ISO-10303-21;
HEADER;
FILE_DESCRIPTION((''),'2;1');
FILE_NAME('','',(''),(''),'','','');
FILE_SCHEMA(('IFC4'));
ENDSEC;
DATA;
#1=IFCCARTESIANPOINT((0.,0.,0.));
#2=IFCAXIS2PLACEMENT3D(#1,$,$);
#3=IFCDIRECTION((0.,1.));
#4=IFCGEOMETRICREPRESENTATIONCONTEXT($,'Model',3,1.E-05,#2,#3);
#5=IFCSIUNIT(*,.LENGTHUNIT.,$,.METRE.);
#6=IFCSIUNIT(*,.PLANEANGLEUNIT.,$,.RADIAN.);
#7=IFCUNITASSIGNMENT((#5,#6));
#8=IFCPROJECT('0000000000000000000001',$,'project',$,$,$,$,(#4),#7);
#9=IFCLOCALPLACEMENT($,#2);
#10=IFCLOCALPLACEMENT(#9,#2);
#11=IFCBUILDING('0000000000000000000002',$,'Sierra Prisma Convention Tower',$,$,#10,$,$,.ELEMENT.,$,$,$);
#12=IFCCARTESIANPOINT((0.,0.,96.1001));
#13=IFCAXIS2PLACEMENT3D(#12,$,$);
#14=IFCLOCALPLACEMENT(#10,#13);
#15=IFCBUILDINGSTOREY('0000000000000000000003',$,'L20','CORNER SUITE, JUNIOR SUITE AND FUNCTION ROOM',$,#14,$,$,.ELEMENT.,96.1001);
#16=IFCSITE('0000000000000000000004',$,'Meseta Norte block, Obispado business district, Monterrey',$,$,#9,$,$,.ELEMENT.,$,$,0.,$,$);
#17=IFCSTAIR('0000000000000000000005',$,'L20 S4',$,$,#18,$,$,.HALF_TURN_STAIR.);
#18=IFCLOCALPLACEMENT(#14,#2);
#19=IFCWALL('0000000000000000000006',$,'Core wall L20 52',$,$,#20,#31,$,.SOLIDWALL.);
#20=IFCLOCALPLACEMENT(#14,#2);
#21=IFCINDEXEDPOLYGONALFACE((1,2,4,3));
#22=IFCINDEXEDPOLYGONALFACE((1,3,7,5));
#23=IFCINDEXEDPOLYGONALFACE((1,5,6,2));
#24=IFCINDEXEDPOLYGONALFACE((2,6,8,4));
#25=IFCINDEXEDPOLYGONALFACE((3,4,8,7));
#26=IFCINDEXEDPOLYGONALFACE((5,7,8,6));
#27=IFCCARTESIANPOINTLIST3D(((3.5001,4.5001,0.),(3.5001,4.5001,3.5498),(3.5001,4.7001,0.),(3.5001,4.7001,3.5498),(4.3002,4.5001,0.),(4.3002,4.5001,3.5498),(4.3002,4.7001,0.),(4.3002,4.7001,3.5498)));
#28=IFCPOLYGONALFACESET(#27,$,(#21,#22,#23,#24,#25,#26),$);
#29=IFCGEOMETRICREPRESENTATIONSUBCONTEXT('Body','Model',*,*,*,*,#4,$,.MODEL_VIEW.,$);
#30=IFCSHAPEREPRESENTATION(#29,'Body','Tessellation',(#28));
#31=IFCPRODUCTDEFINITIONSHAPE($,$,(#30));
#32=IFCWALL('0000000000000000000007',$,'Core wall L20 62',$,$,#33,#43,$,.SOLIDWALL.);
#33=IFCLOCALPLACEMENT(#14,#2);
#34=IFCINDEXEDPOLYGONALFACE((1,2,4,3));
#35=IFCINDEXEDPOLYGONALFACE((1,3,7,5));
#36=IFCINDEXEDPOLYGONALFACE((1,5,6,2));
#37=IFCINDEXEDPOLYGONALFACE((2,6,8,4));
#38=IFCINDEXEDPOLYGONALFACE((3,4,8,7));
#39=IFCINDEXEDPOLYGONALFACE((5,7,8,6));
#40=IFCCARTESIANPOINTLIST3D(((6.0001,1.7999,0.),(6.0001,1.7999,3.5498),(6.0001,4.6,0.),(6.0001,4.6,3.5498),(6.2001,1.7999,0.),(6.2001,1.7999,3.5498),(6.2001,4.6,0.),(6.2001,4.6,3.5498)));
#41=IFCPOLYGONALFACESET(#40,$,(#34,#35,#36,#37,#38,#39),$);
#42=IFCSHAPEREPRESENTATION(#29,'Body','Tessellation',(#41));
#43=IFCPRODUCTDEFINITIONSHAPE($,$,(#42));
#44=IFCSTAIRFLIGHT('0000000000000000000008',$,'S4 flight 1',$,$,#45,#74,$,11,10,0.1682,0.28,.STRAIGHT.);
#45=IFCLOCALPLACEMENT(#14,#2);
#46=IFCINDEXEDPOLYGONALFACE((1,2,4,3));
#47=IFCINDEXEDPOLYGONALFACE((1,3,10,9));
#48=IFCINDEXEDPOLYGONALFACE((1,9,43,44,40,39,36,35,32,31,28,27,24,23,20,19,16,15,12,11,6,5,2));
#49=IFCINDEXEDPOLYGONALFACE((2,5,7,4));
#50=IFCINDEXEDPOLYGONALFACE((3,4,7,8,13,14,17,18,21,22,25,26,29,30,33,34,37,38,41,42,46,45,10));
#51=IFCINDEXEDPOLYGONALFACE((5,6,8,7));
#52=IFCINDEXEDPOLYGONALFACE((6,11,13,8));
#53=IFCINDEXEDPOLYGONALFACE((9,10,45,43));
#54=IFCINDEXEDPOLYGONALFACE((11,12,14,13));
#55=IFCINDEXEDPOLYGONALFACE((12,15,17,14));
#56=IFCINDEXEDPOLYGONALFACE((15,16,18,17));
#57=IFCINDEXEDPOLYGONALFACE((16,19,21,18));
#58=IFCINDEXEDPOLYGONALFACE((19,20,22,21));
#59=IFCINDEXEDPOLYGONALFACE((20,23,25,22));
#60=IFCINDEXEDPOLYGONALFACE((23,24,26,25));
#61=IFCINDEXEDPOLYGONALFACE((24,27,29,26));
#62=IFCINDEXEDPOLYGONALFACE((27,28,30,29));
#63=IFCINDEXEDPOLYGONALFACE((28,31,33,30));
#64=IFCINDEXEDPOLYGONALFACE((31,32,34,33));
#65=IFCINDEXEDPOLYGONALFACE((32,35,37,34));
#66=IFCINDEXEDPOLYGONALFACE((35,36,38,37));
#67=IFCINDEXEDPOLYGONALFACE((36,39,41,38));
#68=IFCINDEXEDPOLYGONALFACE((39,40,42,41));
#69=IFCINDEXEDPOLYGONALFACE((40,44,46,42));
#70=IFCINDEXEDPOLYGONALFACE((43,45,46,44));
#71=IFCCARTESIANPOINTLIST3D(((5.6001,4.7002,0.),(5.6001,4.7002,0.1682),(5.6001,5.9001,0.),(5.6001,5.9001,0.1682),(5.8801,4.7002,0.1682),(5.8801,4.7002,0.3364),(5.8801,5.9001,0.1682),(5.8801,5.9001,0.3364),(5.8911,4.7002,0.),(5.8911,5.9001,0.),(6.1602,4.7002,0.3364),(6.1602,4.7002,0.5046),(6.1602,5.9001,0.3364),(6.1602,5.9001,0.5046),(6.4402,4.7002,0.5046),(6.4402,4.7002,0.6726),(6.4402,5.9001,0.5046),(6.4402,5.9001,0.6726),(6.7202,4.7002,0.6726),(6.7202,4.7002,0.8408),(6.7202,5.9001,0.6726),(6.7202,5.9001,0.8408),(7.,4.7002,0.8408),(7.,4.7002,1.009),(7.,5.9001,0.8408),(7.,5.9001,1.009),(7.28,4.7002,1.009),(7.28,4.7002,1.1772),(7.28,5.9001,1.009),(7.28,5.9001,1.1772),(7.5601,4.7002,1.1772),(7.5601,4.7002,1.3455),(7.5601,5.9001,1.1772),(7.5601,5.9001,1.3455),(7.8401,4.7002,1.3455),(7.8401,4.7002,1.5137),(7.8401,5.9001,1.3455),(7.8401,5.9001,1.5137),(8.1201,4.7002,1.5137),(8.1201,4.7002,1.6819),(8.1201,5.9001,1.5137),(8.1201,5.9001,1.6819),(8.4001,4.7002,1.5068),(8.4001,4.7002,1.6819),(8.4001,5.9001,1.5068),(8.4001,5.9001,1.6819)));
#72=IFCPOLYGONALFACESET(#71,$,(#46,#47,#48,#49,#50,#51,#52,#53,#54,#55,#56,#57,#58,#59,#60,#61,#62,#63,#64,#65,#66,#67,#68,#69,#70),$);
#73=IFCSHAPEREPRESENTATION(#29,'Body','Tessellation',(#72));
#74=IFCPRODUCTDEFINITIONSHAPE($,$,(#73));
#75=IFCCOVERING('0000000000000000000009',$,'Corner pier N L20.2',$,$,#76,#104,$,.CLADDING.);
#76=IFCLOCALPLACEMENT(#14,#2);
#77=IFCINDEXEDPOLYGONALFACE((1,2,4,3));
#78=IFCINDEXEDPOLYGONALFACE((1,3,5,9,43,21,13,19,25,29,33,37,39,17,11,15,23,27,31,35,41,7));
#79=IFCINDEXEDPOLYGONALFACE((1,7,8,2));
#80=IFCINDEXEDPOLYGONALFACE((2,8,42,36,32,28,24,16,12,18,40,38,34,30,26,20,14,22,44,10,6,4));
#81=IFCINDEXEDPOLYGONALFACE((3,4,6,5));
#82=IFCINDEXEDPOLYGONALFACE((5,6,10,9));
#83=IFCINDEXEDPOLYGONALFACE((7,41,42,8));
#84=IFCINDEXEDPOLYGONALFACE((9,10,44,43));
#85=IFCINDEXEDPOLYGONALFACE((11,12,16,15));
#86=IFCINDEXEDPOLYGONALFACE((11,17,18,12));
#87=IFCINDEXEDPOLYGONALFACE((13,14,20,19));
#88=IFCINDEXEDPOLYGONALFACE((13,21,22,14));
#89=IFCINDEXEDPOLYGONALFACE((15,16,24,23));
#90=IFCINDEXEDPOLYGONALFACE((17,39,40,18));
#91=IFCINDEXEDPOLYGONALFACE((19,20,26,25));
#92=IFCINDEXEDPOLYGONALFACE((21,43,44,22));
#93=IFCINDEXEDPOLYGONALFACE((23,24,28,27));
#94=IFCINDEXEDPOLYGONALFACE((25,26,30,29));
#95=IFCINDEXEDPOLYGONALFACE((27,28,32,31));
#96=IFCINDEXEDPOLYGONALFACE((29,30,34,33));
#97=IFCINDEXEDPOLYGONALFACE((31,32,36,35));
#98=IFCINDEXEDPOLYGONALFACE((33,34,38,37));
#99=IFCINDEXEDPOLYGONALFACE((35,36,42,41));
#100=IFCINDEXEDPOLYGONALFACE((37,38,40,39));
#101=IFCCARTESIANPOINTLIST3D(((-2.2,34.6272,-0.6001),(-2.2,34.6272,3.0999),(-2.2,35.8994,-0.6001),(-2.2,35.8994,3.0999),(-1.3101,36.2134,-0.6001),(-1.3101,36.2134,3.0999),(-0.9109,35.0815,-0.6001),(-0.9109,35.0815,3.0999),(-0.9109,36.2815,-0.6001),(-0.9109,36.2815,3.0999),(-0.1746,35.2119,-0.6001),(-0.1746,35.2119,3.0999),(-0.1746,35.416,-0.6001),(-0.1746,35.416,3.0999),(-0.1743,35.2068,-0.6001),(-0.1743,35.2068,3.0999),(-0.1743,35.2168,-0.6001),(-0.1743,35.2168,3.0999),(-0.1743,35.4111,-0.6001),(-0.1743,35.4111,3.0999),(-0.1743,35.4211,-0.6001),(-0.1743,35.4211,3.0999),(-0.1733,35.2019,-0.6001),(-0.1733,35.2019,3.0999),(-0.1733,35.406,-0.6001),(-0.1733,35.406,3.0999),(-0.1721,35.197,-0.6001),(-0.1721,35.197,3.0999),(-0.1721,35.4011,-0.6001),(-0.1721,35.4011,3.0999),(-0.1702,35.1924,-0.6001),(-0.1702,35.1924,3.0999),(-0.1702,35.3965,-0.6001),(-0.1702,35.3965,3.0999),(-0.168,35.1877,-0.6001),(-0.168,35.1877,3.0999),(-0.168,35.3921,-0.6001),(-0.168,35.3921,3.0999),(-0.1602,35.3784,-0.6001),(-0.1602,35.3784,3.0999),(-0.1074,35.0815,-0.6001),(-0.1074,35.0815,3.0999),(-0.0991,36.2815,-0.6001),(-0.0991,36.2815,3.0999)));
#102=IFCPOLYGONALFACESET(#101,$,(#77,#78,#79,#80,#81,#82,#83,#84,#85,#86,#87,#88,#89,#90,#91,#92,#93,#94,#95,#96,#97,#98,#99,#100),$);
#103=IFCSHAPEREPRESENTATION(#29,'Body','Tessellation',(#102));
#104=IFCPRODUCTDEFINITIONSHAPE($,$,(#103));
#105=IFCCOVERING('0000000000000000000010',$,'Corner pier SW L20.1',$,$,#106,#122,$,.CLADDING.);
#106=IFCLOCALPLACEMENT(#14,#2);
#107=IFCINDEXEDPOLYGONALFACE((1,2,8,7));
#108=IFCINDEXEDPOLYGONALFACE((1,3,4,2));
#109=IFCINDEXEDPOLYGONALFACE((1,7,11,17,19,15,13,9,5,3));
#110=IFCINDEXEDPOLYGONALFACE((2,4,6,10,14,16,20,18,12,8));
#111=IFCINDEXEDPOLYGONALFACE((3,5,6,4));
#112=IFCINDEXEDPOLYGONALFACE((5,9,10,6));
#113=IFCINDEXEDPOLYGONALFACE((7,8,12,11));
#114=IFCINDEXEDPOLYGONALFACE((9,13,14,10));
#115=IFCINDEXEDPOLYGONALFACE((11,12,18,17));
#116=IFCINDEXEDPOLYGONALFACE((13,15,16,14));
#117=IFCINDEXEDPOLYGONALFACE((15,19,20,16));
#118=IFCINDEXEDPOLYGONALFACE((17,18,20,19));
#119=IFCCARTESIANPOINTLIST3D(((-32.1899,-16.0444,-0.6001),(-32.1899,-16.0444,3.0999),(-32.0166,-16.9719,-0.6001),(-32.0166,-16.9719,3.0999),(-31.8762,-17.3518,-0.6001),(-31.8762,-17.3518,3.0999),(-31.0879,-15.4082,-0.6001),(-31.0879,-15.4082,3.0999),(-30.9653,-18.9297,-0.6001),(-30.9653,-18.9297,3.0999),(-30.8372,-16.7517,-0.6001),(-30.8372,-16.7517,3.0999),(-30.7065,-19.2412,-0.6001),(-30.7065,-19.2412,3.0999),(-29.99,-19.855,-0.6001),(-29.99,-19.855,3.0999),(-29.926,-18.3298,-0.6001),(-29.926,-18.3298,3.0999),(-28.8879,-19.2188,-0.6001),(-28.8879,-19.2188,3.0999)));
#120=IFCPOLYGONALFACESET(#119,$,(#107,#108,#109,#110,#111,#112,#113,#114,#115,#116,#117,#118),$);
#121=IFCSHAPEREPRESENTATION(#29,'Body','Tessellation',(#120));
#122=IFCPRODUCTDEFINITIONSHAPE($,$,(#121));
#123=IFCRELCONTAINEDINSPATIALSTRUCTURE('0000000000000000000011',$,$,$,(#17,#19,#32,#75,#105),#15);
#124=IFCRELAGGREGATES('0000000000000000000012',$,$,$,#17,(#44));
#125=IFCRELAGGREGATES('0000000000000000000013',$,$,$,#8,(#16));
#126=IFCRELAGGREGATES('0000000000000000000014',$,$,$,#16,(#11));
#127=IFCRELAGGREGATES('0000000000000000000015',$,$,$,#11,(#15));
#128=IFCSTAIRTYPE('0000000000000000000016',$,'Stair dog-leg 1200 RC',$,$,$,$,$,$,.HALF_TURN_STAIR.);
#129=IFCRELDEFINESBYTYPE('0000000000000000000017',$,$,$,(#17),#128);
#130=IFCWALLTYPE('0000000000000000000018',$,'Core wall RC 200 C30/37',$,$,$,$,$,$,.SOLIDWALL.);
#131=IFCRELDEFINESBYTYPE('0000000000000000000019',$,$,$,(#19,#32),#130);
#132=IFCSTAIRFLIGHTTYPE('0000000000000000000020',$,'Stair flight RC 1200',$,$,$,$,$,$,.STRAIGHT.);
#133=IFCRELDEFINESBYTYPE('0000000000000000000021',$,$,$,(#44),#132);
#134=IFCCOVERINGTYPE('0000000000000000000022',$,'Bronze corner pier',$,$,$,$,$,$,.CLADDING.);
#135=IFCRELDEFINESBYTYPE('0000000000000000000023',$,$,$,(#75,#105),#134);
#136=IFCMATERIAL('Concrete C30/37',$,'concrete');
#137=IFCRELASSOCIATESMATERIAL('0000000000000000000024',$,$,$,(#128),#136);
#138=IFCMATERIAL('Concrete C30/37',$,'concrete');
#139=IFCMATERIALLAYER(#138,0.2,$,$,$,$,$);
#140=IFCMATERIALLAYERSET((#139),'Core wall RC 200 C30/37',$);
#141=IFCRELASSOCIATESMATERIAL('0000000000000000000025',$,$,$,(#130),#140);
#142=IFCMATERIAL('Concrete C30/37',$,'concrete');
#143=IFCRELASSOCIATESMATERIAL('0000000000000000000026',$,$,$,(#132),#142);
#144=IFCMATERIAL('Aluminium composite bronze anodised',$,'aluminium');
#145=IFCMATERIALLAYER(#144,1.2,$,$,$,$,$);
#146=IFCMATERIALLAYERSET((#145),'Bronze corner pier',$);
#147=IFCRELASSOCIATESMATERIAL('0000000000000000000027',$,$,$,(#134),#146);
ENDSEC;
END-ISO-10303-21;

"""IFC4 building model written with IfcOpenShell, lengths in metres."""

from ifc_helpers import new_model, si_unit, direction, frame, frame_2d, origin, place, context, subcontext, project, spatial, polyline, rectangle, outline, extrude, material, layer, layer_set, type_object, element, aggregate, save


model = new_model("IFC4")

# Units and contexts
model_context = context("Model", 3, precision=1e-05, world=origin(), true_north=direction((0.0, 1.0)))
body_context = subcontext(model_context, "Body", "Model", "MODEL_VIEW")
ifc_project = project(units=[si_unit("LENGTHUNIT", "METRE"), si_unit("PLANEANGLEUNIT", "RADIAN")], contexts=[model_context])

# Site, building, storey
site_placement = place(None, origin())
site = spatial("IfcSite", under=ifc_project, at=site_placement, Name="Meseta Norte block, Obispado business district, Monterrey", CompositionType="ELEMENT", RefElevation=0.0)
building_placement = place(site_placement, origin())
building = spatial("IfcBuilding", under=site, at=building_placement, Name="Sierra Prisma Convention Tower", CompositionType="ELEMENT")
storey_placement = place(building_placement, frame((0.0, 0.0, 96.1001)))
storey = spatial("IfcBuildingStorey", under=building, at=storey_placement, Name="L20", Description="CORNER SUITE, JUNIOR SUITE AND FUNCTION ROOM", CompositionType="ELEMENT", Elevation=96.1001)

# Shared definitions
ifc_material_1 = material(Name="Concrete C30/37", Category="concrete")
stair_type = type_object("IfcStairType", Name="Stair dog-leg 1200 RC", PredefinedType="HALF_TURN_STAIR", material=ifc_material_1)

# Stair
stair_1_placement = place(storey_placement, origin())
stair_1 = element("IfcStair", 1, at=stair_1_placement, inside=storey, type_object=stair_type, Name="L20 S4", PredefinedType="HALF_TURN_STAIR")

# Shared definitions
ifc_material_2 = material(Name="Concrete C30/37", Category="concrete")
ifc_layer_1 = layer(ifc_material_2, 0.2)
ifc_layer_set_1 = layer_set([ifc_layer_1], Name="Core wall RC 200 C30/37")
wall_type = type_object("IfcWallType", Name="Core wall RC 200 C30/37", PredefinedType="SOLIDWALL", material=ifc_layer_set_1)

# Wall
wall_1_placement = place(storey_placement, frame((4.3, 4.6001, 0.0), z_axis=(0.0, 0.0, 1.0), x_axis=(-1.0, 0.0, 0.0)))
element("IfcWall", 2, at=wall_1_placement, inside=storey, type_object=wall_type, Name="Core wall L20 52", PredefinedType="SOLIDWALL", context=body_context, shape_type="SweptSolid", body=[
    extrude(rectangle(XDim=0.8, YDim=0.2, at=frame_2d((0.3999, 0.0))), origin(), (0.0, 0.0, 1.0), 3.5498),
])

# Wall
wall_2_placement = place(storey_placement, frame((6.1001, 1.8, 0.0), z_axis=(0.0, 0.0, 1.0), x_axis=(0.0, 1.0, 0.0)))
element("IfcWall", 3, at=wall_2_placement, inside=storey, type_object=wall_type, Name="Core wall L20 62", PredefinedType="SOLIDWALL", context=body_context, shape_type="SweptSolid", body=[
    extrude(rectangle(XDim=2.8, YDim=0.2, at=frame_2d((1.3999, 0.0))), origin(), (0.0, 0.0, 1.0), 3.5498),
])

# Stair flight
ifc_material_3 = material(Name="Concrete C30/37", Category="concrete")
stair_flight_type = type_object("IfcStairFlightType", Name="Stair flight RC 1200", PredefinedType="STRAIGHT", material=ifc_material_3)
stair_flight_placement = place(storey_placement, frame((5.6001, 5.3, 0.0), z_axis=(0.0, 0.0, 1.0), x_axis=(1.0, 0.0, 0.0)))
stair_flight = element("IfcStairFlight", 4, at=stair_flight_placement, type_object=stair_flight_type, Name="S4 flight 1", NumberOfRisers=11, NumberOfTreads=10, PredefinedType="STRAIGHT", RiserHeight=0.1682, TreadLength=0.28, context=body_context, shape_type="SweptSolid", body=[
    extrude(outline(polyline([(0.0, 0.0), (0.0, 0.1682), (0.28, 0.1682), (0.28, 0.3364), (0.5601, 0.3364), (0.5601, 0.5046), (0.8401, 0.5046), (0.8401, 0.6726), (1.1201, 0.6726), (1.1201, 0.8408), (1.3999, 0.8408), (1.3999, 1.009), (1.6799, 1.009), (1.6799, 1.1772), (1.96, 1.1772), (1.96, 1.3455), (2.24, 1.3455), (2.24, 1.5137), (2.52, 1.5137), (2.52, 1.6819), (2.8, 1.6819), (2.8, 1.8501), (2.8, 1.5068), (0.291, 0.0), (0.0, 0.0)])), frame((0.0, 0.6001, 0.0), z_axis=(0.0, -1.0, 0.0), x_axis=(1.0, 0.0, 0.0)), (0.0, 0.0, 1.0), 1.2),
])
aggregate(stair_1, [stair_flight])

# Coverings
ifc_material_4 = material(Name="Aluminium composite bronze anodised", Category="aluminium")
ifc_layer_2 = layer(ifc_material_4, 1.2)
ifc_layer_set_2 = layer_set([ifc_layer_2], Name="Bronze corner pier")
covering_type = type_object("IfcCoveringType", Name="Bronze corner pier", PredefinedType="CLADDING", material=ifc_layer_set_2)
covering_1_placement = place(storey_placement, frame((0.0, 0.0, -0.6001)))
element("IfcCovering", 5, at=covering_1_placement, inside=storey, type_object=covering_type, Name="Corner pier N L20.2", PredefinedType="CLADDING", context=body_context, shape_type="SweptSolid", body=[
    extrude(outline(polyline([(-0.9109, 36.2815), (-0.0991, 36.2815), (-0.1743, 35.4211), (-0.1746, 35.416), (-0.1743, 35.4111), (-0.1733, 35.406), (-0.1721, 35.4011), (-0.1702, 35.3965), (-0.168, 35.3921), (-0.1602, 35.3784), (-0.1743, 35.2168), (-0.1746, 35.2119), (-0.1743, 35.2068), (-0.1733, 35.2019), (-0.1721, 35.197), (-0.1702, 35.1924), (-0.168, 35.1877), (-0.1074, 35.0815), (-0.9109, 35.0815), (-2.2, 34.6272), (-2.2, 35.8994), (-1.3101, 36.2134), (-0.9109, 36.2815)])), origin(), (0.0, 0.0, 1.0), 3.7),
])
covering_2_placement = place(storey_placement, frame((0.0, 0.0, -0.6001)))
element("IfcCovering", 6, at=covering_2_placement, inside=storey, type_object=covering_type, Name="Corner pier SW L20.1", PredefinedType="CLADDING", context=body_context, shape_type="SweptSolid", body=[
    extrude(outline(polyline([(-31.0879, -15.4082), (-30.8372, -16.7517), (-29.926, -18.3298), (-28.8879, -19.2188), (-29.99, -19.855), (-30.7065, -19.2412), (-30.9653, -18.9297), (-31.8762, -17.3518), (-32.0166, -16.9719), (-32.1899, -16.0444), (-31.0879, -15.4082)])), origin(), (0.0, 0.0, 1.0), 3.7),
])

save(model, "model.ifc")
